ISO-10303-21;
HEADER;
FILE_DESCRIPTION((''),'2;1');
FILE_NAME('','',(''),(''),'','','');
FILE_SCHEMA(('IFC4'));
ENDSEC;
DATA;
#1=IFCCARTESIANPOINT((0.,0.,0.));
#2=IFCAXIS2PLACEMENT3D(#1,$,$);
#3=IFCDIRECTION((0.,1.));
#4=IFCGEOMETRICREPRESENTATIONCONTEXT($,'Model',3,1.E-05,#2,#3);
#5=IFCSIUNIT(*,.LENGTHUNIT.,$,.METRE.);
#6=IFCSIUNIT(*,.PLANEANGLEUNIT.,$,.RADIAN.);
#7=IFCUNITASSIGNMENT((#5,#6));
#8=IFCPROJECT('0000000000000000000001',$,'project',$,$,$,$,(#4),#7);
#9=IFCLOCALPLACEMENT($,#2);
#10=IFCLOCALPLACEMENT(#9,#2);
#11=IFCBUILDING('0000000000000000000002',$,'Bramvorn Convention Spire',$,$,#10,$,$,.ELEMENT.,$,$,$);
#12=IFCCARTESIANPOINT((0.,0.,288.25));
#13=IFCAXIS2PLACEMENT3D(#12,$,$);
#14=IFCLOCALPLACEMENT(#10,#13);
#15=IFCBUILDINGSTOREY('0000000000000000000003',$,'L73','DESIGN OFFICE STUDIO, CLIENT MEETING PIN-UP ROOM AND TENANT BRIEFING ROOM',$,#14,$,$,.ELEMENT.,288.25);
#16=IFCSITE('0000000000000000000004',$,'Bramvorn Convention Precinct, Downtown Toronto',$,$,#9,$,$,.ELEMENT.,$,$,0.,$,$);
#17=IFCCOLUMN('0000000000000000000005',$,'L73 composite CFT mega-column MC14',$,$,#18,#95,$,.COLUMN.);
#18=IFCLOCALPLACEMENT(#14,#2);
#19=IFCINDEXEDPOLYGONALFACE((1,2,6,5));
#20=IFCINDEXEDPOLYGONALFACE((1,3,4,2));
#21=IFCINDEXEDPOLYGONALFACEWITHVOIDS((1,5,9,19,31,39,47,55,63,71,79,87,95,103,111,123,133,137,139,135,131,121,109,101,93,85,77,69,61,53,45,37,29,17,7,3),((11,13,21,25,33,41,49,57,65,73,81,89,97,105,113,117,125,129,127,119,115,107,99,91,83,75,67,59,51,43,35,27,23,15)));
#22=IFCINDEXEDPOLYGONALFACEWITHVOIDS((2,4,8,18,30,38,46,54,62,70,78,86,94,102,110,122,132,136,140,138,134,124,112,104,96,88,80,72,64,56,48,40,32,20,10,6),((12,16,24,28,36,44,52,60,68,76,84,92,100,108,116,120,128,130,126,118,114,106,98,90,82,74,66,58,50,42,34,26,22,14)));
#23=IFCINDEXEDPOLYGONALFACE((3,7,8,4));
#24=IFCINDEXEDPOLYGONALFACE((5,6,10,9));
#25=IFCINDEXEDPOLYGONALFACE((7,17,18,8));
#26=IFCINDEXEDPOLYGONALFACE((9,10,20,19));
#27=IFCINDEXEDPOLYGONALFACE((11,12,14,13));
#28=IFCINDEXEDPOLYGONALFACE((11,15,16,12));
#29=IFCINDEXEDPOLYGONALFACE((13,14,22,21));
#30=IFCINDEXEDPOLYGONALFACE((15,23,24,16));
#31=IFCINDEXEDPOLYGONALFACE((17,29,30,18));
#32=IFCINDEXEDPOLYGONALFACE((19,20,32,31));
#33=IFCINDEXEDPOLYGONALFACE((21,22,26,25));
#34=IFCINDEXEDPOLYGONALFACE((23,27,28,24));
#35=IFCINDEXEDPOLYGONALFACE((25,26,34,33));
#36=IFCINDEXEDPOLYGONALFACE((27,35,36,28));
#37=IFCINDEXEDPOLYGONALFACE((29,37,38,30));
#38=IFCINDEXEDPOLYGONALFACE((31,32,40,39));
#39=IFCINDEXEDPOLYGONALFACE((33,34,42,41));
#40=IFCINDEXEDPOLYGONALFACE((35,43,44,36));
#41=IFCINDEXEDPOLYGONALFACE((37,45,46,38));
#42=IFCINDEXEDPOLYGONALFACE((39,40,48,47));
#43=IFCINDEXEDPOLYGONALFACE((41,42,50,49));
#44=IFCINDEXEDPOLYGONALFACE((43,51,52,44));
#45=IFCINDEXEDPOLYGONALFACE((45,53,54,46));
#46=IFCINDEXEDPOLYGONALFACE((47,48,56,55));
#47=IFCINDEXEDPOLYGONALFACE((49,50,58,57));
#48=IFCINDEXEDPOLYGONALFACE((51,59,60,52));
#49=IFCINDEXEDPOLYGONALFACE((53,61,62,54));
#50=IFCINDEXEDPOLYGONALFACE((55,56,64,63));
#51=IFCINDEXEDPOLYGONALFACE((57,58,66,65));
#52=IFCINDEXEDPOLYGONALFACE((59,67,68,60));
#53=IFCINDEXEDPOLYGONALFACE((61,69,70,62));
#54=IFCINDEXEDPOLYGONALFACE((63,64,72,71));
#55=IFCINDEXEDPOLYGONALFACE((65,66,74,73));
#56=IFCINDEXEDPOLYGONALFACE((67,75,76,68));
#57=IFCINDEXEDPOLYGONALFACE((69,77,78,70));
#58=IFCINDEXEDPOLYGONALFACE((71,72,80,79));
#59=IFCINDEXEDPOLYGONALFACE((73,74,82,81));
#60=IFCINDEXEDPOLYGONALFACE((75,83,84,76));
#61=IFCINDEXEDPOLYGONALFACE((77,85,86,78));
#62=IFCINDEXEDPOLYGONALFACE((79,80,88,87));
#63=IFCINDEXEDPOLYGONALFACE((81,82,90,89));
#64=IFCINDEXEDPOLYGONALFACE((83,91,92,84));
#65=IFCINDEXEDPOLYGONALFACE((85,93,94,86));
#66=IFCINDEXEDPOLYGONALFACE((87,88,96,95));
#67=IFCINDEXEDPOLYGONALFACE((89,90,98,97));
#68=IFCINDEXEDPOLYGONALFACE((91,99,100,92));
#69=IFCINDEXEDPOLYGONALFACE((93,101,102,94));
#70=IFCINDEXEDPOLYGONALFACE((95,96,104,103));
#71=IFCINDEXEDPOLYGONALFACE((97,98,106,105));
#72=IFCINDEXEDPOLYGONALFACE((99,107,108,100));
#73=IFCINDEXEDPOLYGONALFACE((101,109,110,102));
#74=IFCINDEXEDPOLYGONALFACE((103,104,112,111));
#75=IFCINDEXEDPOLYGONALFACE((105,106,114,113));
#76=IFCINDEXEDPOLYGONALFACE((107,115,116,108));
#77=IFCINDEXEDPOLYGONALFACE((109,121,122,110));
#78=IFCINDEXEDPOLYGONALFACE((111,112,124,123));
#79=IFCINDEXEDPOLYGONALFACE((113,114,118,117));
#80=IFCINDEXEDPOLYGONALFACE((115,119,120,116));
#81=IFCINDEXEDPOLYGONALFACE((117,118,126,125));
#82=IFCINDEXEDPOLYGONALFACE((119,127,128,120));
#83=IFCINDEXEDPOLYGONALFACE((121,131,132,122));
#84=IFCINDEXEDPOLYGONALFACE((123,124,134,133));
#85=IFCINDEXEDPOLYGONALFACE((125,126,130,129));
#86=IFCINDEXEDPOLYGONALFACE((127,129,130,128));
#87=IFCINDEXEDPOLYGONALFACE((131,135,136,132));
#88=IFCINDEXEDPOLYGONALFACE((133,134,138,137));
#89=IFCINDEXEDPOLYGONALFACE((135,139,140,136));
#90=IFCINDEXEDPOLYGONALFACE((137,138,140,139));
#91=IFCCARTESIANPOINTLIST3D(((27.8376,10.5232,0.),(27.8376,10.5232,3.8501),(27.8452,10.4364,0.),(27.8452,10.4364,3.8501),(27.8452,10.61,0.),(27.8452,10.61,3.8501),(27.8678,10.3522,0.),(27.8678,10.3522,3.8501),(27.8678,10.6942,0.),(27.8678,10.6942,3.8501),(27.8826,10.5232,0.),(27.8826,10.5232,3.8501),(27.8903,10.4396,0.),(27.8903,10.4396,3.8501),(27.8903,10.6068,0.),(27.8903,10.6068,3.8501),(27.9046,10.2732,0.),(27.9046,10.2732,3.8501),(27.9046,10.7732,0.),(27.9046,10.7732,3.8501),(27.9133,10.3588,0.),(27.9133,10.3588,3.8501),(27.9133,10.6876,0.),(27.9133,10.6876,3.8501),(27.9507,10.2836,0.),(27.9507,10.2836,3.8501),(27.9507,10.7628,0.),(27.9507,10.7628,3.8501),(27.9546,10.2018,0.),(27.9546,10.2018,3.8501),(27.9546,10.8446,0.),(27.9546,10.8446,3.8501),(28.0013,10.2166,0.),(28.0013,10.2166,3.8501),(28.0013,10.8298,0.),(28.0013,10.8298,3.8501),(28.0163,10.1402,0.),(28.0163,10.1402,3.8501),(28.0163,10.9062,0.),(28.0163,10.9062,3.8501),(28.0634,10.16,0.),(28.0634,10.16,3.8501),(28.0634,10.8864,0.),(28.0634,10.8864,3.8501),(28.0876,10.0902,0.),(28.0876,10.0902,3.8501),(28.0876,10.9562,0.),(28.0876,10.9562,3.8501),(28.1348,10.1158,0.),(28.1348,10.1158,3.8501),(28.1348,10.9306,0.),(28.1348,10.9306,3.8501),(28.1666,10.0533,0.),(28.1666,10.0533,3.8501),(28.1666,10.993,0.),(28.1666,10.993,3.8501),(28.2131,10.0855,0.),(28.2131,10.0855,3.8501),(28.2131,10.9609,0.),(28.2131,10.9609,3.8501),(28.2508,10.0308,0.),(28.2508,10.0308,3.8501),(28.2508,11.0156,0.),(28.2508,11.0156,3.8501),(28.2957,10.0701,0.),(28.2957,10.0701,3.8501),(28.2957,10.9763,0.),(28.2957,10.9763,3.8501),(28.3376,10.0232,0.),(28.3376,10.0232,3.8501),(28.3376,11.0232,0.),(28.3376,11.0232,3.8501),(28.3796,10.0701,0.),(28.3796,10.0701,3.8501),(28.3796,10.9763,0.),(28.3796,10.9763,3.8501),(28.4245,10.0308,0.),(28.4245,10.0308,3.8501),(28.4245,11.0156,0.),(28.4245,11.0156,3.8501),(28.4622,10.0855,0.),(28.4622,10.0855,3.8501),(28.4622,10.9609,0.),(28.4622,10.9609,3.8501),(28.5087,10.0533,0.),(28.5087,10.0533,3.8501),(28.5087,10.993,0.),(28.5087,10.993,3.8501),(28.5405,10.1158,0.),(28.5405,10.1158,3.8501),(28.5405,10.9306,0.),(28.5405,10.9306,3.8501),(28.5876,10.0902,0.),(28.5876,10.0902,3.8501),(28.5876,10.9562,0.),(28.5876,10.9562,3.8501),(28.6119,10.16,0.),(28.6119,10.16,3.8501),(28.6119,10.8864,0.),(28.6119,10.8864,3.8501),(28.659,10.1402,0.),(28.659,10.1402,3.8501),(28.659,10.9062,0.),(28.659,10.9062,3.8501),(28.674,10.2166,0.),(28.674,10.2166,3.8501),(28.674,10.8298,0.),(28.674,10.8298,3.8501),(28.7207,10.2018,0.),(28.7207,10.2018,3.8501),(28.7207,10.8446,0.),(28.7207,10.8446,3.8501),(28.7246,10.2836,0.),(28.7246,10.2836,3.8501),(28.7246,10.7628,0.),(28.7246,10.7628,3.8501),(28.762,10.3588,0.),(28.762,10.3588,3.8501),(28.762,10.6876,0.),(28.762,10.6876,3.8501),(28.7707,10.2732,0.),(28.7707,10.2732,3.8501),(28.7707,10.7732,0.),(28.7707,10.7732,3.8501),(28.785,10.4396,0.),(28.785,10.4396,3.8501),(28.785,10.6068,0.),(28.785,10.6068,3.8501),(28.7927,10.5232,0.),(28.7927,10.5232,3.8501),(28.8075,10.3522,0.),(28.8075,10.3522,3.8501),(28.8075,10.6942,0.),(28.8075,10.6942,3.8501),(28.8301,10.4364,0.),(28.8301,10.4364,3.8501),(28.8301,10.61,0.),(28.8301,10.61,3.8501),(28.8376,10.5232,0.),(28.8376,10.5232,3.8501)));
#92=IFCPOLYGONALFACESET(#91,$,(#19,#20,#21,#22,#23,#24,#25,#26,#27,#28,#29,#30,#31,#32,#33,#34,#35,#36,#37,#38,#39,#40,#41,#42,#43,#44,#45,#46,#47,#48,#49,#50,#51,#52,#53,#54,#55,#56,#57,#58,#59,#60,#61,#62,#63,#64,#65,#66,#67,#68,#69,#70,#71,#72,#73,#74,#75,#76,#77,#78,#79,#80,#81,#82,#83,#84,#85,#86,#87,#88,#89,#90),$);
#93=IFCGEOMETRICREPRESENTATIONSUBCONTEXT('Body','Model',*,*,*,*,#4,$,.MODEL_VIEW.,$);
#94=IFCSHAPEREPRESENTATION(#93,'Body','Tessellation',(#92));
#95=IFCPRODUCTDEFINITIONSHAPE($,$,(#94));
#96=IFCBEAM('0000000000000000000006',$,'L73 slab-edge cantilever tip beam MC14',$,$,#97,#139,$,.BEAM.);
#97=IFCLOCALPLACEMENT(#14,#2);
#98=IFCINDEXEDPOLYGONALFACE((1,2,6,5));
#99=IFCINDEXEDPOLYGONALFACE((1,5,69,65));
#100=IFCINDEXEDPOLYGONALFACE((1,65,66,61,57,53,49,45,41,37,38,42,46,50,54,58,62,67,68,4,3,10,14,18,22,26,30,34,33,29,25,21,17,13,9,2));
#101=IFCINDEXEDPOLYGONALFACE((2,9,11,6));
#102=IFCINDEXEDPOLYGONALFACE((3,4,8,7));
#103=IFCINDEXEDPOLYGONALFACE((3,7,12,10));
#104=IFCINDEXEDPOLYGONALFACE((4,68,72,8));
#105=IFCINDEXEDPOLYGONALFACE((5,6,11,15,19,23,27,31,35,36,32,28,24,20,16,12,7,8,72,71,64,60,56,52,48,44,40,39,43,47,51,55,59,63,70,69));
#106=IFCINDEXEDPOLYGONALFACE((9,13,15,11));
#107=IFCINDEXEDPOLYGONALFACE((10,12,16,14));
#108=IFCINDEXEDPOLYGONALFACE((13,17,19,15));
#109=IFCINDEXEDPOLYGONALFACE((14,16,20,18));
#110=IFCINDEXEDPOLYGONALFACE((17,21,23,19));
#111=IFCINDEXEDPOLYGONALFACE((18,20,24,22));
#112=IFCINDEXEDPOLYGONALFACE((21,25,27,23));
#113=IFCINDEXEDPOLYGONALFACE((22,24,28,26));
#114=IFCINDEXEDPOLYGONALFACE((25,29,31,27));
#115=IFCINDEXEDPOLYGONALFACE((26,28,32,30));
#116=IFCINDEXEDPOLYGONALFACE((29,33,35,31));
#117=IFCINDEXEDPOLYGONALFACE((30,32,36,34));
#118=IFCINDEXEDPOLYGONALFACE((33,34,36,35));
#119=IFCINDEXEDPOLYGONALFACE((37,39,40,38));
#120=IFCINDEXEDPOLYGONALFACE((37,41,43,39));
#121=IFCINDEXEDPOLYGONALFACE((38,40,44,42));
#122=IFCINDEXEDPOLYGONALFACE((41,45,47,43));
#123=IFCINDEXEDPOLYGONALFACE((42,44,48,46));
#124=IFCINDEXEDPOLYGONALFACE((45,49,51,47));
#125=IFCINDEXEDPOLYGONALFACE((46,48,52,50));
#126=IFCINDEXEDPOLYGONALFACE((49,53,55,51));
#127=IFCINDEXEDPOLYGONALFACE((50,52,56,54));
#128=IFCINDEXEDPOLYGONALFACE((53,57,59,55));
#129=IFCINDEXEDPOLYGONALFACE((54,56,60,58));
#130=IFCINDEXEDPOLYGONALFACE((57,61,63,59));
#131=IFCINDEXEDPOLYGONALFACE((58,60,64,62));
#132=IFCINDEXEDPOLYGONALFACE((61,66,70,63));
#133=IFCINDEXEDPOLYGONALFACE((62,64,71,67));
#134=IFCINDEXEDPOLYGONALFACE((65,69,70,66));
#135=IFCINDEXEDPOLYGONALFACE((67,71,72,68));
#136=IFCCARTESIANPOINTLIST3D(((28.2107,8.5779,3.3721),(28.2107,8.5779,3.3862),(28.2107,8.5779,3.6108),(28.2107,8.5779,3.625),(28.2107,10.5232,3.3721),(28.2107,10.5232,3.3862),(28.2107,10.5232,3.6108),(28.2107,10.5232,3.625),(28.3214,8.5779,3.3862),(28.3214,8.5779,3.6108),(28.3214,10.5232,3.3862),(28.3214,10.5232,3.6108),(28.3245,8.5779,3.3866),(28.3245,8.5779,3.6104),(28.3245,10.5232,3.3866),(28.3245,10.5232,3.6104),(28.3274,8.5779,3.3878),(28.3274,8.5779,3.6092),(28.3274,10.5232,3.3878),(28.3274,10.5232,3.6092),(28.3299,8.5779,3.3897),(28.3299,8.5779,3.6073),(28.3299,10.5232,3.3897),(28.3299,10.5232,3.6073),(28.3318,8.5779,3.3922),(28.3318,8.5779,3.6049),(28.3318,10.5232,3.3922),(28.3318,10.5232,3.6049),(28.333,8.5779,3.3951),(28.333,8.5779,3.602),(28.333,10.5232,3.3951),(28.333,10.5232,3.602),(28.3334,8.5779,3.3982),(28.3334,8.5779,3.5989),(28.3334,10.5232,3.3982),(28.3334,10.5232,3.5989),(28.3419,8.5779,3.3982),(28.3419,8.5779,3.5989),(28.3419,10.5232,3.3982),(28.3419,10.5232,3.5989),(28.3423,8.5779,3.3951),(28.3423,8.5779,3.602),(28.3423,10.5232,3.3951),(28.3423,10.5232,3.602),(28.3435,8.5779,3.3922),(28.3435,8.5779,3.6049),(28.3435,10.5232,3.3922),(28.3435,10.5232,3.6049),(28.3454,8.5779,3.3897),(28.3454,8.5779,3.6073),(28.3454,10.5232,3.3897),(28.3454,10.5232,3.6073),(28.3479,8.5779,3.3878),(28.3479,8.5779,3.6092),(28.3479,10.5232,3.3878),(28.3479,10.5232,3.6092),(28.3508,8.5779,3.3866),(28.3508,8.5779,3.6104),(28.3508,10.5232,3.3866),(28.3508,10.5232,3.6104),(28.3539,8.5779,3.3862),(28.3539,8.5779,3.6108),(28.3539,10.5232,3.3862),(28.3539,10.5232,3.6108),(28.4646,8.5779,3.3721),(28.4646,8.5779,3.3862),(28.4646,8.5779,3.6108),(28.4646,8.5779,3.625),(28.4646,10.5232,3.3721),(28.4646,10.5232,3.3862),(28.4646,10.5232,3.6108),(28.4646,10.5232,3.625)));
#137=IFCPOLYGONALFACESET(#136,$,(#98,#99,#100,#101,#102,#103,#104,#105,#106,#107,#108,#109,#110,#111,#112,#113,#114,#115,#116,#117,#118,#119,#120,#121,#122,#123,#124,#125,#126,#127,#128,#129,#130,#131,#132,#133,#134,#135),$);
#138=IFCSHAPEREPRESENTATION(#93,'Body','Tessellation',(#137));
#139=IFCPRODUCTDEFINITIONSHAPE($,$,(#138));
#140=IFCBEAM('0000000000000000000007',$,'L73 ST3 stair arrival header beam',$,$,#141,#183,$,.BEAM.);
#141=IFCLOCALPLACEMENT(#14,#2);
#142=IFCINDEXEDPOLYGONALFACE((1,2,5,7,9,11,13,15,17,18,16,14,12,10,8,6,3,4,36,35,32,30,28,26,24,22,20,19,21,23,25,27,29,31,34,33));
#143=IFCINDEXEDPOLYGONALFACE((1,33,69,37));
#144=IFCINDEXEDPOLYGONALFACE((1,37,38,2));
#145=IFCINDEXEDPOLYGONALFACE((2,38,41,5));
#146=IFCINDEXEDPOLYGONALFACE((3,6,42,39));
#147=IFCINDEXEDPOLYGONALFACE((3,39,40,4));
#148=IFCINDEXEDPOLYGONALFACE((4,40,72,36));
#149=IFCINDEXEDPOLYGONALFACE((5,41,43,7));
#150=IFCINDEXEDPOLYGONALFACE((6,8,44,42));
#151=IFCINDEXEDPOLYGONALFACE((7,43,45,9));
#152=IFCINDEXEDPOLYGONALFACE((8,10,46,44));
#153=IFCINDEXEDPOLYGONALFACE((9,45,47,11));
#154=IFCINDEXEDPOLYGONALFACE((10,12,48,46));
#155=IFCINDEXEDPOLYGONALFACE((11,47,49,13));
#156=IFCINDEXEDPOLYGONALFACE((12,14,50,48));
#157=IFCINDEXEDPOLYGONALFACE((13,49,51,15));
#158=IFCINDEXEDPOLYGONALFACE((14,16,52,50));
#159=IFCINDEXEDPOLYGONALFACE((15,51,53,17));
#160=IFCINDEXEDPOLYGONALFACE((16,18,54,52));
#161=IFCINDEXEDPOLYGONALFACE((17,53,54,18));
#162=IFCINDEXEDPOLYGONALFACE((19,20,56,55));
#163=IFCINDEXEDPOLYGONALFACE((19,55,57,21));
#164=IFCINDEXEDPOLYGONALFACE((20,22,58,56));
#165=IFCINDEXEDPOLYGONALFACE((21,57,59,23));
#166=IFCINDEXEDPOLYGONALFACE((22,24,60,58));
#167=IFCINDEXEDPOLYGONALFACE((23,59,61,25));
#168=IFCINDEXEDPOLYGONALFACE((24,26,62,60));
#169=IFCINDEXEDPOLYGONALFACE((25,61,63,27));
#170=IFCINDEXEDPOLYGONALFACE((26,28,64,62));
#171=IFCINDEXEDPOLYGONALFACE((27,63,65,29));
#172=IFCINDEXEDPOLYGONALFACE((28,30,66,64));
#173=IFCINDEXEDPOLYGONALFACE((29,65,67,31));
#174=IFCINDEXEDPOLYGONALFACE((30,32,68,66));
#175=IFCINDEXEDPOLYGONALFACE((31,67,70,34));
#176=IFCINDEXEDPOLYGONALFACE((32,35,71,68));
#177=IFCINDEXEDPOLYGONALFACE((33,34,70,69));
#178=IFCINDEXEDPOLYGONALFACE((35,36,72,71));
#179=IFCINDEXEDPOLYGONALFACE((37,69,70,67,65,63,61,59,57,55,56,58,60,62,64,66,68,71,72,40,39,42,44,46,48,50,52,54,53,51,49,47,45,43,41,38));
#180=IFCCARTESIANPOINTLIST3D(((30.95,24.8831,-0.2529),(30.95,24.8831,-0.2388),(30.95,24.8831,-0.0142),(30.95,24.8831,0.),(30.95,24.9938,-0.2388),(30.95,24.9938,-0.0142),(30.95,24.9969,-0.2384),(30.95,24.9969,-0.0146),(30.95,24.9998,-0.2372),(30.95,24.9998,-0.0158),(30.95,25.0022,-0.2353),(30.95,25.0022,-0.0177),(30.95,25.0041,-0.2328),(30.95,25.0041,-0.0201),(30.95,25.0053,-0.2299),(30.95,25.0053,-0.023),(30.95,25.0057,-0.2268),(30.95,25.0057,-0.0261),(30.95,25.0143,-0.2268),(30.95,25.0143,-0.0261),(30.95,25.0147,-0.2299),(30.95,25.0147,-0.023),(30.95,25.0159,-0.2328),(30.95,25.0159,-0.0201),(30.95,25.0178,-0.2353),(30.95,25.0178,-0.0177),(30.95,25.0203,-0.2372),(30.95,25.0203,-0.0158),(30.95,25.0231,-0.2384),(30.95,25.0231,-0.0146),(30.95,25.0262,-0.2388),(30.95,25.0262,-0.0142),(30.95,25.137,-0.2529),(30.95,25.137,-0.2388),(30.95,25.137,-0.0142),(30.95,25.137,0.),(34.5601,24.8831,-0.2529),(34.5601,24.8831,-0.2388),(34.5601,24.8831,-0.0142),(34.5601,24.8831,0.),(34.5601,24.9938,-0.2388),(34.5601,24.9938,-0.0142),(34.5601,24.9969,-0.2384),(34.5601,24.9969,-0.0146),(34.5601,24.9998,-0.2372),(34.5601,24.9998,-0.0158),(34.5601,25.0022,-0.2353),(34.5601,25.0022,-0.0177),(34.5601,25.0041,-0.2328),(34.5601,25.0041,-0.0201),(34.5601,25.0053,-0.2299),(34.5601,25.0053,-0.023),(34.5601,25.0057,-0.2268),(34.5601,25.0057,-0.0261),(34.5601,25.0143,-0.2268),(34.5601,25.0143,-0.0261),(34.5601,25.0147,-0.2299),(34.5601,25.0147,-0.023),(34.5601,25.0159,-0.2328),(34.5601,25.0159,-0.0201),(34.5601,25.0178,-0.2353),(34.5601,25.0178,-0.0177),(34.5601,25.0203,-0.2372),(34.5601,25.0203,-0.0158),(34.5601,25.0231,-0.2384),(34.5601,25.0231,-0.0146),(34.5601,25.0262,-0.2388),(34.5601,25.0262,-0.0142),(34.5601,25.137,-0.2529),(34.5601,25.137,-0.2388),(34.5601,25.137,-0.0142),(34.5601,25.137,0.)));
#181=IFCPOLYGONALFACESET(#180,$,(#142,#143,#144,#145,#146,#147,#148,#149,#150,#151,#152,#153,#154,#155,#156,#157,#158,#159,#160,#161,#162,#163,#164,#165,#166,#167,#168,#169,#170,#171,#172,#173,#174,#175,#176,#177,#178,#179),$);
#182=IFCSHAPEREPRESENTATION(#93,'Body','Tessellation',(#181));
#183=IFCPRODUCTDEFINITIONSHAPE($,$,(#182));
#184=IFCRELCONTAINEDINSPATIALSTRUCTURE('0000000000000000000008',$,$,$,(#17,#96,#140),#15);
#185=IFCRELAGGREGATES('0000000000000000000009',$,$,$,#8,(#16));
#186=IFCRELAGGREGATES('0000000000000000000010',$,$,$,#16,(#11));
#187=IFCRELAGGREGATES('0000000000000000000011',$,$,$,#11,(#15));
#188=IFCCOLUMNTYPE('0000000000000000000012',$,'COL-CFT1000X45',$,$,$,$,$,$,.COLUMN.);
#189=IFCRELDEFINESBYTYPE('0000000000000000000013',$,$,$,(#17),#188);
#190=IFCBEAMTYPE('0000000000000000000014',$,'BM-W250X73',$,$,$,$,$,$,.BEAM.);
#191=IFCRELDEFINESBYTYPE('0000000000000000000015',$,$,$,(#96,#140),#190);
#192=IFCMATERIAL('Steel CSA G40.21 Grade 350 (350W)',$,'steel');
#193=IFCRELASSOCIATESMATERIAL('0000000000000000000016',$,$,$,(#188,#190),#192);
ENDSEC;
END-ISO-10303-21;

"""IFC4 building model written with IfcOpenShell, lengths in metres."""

from ifc_helpers import new_model, si_unit, direction, frame, origin, origin_2d, place, context, subcontext, project, spatial, hollow_circle, i_section, extrude, material, material_profile, profile_set, type_object, element, save


model = new_model("IFC4")

# Units and contexts
model_context = context("Model", 3, precision=1e-05, world=origin(), true_north=direction((0.0, 1.0)))
body_context = subcontext(model_context, "Body", "Model", "MODEL_VIEW")
ifc_project = project(units=[si_unit("LENGTHUNIT", "METRE"), si_unit("PLANEANGLEUNIT", "RADIAN")], contexts=[model_context])

# Site, building, storey
site_placement = place(None, origin())
site = spatial("IfcSite", under=ifc_project, at=site_placement, Name="Bramvorn Convention Precinct, Downtown Toronto", CompositionType="ELEMENT", RefElevation=0.0)
building_placement = place(site_placement, origin())
building = spatial("IfcBuilding", under=site, at=building_placement, Name="Bramvorn Convention Spire", CompositionType="ELEMENT")
storey_placement = place(building_placement, frame((0.0, 0.0, 288.25)))
storey = spatial("IfcBuildingStorey", under=building, at=storey_placement, Name="L73", Description="DESIGN OFFICE STUDIO, CLIENT MEETING PIN-UP ROOM AND TENANT BRIEFING ROOM", CompositionType="ELEMENT", Elevation=288.25)

# Column
ifc_material_1 = material(Name="Steel CSA G40.21 Grade 350 (350W)", Category="steel")
ifc_material_profile_1 = material_profile(ifc_material_1, hollow_circle(Radius=0.5, WallThickness=0.0449, at=origin_2d()))
ifc_profile_set_1 = profile_set([ifc_material_profile_1], Name="Steel CSA G40.21 Grade 350 (350W) - CFT1000X45")
column_type = type_object("IfcColumnType", Name="COL-CFT1000X45", PredefinedType="COLUMN", material=ifc_profile_set_1)
column_placement = place(storey_placement, frame((28.3376, 10.5232, 0.0), z_axis=(0.0, 0.0, 1.0), x_axis=(1.0, 0.0, 0.0)))
element("IfcColumn", 1, at=column_placement, inside=storey, type_object=column_type, Name="L73 composite CFT mega-column MC14", PredefinedType="COLUMN", context=body_context, shape_type="SweptSolid", body=[
    extrude(hollow_circle(Radius=0.5, WallThickness=0.0449, at=origin_2d()), origin(), (0.0, 0.0, 1.0), 3.8501),
])

# Beams
ifc_material_profile_2 = material_profile(ifc_material_1, i_section(OverallWidth=0.2539, OverallDepth=0.2529, WebThickness=0.0085, FlangeThickness=0.0142, FilletRadius=0.012, at=origin_2d()))
ifc_profile_set_2 = profile_set([ifc_material_profile_2], Name="Steel CSA G40.21 Grade 350 (350W) - W250X73")
beam_type_1 = type_object("IfcBeamType", Name="BM-W250X73", PredefinedType="BEAM", material=ifc_profile_set_2)
beam_1_placement = place(storey_placement, frame((28.3376, 10.5232, 3.4985), z_axis=(0.0, -1.0, 0.0), x_axis=(1.0, 0.0, 0.0)))
element("IfcBeam", 2, at=beam_1_placement, inside=storey, type_object=beam_type_1, Name="L73 slab-edge cantilever tip beam MC14", PredefinedType="BEAM", context=body_context, shape_type="SweptSolid", body=[
    extrude(i_section(OverallWidth=0.2539, OverallDepth=0.2529, WebThickness=0.0085, FlangeThickness=0.0142, FilletRadius=0.012, at=origin_2d()), origin(), (0.0, 0.0, 1.0), 1.9453),
])
beam_2_placement = place(storey_placement, frame((30.95, 25.01, -0.1265), z_axis=(1.0, 0.0, 0.0), x_axis=(0.0, 1.0, 0.0)))
element("IfcBeam", 3, at=beam_2_placement, inside=storey, type_object=beam_type_1, Name="L73 ST3 stair arrival header beam", PredefinedType="BEAM", context=body_context, shape_type="SweptSolid", body=[
    extrude(i_section(OverallWidth=0.2539, OverallDepth=0.2529, WebThickness=0.0085, FlangeThickness=0.0142, FilletRadius=0.012, at=origin_2d()), origin(), (0.0, 0.0, 1.0), 3.6101),
])

save(model, "model.ifc")
